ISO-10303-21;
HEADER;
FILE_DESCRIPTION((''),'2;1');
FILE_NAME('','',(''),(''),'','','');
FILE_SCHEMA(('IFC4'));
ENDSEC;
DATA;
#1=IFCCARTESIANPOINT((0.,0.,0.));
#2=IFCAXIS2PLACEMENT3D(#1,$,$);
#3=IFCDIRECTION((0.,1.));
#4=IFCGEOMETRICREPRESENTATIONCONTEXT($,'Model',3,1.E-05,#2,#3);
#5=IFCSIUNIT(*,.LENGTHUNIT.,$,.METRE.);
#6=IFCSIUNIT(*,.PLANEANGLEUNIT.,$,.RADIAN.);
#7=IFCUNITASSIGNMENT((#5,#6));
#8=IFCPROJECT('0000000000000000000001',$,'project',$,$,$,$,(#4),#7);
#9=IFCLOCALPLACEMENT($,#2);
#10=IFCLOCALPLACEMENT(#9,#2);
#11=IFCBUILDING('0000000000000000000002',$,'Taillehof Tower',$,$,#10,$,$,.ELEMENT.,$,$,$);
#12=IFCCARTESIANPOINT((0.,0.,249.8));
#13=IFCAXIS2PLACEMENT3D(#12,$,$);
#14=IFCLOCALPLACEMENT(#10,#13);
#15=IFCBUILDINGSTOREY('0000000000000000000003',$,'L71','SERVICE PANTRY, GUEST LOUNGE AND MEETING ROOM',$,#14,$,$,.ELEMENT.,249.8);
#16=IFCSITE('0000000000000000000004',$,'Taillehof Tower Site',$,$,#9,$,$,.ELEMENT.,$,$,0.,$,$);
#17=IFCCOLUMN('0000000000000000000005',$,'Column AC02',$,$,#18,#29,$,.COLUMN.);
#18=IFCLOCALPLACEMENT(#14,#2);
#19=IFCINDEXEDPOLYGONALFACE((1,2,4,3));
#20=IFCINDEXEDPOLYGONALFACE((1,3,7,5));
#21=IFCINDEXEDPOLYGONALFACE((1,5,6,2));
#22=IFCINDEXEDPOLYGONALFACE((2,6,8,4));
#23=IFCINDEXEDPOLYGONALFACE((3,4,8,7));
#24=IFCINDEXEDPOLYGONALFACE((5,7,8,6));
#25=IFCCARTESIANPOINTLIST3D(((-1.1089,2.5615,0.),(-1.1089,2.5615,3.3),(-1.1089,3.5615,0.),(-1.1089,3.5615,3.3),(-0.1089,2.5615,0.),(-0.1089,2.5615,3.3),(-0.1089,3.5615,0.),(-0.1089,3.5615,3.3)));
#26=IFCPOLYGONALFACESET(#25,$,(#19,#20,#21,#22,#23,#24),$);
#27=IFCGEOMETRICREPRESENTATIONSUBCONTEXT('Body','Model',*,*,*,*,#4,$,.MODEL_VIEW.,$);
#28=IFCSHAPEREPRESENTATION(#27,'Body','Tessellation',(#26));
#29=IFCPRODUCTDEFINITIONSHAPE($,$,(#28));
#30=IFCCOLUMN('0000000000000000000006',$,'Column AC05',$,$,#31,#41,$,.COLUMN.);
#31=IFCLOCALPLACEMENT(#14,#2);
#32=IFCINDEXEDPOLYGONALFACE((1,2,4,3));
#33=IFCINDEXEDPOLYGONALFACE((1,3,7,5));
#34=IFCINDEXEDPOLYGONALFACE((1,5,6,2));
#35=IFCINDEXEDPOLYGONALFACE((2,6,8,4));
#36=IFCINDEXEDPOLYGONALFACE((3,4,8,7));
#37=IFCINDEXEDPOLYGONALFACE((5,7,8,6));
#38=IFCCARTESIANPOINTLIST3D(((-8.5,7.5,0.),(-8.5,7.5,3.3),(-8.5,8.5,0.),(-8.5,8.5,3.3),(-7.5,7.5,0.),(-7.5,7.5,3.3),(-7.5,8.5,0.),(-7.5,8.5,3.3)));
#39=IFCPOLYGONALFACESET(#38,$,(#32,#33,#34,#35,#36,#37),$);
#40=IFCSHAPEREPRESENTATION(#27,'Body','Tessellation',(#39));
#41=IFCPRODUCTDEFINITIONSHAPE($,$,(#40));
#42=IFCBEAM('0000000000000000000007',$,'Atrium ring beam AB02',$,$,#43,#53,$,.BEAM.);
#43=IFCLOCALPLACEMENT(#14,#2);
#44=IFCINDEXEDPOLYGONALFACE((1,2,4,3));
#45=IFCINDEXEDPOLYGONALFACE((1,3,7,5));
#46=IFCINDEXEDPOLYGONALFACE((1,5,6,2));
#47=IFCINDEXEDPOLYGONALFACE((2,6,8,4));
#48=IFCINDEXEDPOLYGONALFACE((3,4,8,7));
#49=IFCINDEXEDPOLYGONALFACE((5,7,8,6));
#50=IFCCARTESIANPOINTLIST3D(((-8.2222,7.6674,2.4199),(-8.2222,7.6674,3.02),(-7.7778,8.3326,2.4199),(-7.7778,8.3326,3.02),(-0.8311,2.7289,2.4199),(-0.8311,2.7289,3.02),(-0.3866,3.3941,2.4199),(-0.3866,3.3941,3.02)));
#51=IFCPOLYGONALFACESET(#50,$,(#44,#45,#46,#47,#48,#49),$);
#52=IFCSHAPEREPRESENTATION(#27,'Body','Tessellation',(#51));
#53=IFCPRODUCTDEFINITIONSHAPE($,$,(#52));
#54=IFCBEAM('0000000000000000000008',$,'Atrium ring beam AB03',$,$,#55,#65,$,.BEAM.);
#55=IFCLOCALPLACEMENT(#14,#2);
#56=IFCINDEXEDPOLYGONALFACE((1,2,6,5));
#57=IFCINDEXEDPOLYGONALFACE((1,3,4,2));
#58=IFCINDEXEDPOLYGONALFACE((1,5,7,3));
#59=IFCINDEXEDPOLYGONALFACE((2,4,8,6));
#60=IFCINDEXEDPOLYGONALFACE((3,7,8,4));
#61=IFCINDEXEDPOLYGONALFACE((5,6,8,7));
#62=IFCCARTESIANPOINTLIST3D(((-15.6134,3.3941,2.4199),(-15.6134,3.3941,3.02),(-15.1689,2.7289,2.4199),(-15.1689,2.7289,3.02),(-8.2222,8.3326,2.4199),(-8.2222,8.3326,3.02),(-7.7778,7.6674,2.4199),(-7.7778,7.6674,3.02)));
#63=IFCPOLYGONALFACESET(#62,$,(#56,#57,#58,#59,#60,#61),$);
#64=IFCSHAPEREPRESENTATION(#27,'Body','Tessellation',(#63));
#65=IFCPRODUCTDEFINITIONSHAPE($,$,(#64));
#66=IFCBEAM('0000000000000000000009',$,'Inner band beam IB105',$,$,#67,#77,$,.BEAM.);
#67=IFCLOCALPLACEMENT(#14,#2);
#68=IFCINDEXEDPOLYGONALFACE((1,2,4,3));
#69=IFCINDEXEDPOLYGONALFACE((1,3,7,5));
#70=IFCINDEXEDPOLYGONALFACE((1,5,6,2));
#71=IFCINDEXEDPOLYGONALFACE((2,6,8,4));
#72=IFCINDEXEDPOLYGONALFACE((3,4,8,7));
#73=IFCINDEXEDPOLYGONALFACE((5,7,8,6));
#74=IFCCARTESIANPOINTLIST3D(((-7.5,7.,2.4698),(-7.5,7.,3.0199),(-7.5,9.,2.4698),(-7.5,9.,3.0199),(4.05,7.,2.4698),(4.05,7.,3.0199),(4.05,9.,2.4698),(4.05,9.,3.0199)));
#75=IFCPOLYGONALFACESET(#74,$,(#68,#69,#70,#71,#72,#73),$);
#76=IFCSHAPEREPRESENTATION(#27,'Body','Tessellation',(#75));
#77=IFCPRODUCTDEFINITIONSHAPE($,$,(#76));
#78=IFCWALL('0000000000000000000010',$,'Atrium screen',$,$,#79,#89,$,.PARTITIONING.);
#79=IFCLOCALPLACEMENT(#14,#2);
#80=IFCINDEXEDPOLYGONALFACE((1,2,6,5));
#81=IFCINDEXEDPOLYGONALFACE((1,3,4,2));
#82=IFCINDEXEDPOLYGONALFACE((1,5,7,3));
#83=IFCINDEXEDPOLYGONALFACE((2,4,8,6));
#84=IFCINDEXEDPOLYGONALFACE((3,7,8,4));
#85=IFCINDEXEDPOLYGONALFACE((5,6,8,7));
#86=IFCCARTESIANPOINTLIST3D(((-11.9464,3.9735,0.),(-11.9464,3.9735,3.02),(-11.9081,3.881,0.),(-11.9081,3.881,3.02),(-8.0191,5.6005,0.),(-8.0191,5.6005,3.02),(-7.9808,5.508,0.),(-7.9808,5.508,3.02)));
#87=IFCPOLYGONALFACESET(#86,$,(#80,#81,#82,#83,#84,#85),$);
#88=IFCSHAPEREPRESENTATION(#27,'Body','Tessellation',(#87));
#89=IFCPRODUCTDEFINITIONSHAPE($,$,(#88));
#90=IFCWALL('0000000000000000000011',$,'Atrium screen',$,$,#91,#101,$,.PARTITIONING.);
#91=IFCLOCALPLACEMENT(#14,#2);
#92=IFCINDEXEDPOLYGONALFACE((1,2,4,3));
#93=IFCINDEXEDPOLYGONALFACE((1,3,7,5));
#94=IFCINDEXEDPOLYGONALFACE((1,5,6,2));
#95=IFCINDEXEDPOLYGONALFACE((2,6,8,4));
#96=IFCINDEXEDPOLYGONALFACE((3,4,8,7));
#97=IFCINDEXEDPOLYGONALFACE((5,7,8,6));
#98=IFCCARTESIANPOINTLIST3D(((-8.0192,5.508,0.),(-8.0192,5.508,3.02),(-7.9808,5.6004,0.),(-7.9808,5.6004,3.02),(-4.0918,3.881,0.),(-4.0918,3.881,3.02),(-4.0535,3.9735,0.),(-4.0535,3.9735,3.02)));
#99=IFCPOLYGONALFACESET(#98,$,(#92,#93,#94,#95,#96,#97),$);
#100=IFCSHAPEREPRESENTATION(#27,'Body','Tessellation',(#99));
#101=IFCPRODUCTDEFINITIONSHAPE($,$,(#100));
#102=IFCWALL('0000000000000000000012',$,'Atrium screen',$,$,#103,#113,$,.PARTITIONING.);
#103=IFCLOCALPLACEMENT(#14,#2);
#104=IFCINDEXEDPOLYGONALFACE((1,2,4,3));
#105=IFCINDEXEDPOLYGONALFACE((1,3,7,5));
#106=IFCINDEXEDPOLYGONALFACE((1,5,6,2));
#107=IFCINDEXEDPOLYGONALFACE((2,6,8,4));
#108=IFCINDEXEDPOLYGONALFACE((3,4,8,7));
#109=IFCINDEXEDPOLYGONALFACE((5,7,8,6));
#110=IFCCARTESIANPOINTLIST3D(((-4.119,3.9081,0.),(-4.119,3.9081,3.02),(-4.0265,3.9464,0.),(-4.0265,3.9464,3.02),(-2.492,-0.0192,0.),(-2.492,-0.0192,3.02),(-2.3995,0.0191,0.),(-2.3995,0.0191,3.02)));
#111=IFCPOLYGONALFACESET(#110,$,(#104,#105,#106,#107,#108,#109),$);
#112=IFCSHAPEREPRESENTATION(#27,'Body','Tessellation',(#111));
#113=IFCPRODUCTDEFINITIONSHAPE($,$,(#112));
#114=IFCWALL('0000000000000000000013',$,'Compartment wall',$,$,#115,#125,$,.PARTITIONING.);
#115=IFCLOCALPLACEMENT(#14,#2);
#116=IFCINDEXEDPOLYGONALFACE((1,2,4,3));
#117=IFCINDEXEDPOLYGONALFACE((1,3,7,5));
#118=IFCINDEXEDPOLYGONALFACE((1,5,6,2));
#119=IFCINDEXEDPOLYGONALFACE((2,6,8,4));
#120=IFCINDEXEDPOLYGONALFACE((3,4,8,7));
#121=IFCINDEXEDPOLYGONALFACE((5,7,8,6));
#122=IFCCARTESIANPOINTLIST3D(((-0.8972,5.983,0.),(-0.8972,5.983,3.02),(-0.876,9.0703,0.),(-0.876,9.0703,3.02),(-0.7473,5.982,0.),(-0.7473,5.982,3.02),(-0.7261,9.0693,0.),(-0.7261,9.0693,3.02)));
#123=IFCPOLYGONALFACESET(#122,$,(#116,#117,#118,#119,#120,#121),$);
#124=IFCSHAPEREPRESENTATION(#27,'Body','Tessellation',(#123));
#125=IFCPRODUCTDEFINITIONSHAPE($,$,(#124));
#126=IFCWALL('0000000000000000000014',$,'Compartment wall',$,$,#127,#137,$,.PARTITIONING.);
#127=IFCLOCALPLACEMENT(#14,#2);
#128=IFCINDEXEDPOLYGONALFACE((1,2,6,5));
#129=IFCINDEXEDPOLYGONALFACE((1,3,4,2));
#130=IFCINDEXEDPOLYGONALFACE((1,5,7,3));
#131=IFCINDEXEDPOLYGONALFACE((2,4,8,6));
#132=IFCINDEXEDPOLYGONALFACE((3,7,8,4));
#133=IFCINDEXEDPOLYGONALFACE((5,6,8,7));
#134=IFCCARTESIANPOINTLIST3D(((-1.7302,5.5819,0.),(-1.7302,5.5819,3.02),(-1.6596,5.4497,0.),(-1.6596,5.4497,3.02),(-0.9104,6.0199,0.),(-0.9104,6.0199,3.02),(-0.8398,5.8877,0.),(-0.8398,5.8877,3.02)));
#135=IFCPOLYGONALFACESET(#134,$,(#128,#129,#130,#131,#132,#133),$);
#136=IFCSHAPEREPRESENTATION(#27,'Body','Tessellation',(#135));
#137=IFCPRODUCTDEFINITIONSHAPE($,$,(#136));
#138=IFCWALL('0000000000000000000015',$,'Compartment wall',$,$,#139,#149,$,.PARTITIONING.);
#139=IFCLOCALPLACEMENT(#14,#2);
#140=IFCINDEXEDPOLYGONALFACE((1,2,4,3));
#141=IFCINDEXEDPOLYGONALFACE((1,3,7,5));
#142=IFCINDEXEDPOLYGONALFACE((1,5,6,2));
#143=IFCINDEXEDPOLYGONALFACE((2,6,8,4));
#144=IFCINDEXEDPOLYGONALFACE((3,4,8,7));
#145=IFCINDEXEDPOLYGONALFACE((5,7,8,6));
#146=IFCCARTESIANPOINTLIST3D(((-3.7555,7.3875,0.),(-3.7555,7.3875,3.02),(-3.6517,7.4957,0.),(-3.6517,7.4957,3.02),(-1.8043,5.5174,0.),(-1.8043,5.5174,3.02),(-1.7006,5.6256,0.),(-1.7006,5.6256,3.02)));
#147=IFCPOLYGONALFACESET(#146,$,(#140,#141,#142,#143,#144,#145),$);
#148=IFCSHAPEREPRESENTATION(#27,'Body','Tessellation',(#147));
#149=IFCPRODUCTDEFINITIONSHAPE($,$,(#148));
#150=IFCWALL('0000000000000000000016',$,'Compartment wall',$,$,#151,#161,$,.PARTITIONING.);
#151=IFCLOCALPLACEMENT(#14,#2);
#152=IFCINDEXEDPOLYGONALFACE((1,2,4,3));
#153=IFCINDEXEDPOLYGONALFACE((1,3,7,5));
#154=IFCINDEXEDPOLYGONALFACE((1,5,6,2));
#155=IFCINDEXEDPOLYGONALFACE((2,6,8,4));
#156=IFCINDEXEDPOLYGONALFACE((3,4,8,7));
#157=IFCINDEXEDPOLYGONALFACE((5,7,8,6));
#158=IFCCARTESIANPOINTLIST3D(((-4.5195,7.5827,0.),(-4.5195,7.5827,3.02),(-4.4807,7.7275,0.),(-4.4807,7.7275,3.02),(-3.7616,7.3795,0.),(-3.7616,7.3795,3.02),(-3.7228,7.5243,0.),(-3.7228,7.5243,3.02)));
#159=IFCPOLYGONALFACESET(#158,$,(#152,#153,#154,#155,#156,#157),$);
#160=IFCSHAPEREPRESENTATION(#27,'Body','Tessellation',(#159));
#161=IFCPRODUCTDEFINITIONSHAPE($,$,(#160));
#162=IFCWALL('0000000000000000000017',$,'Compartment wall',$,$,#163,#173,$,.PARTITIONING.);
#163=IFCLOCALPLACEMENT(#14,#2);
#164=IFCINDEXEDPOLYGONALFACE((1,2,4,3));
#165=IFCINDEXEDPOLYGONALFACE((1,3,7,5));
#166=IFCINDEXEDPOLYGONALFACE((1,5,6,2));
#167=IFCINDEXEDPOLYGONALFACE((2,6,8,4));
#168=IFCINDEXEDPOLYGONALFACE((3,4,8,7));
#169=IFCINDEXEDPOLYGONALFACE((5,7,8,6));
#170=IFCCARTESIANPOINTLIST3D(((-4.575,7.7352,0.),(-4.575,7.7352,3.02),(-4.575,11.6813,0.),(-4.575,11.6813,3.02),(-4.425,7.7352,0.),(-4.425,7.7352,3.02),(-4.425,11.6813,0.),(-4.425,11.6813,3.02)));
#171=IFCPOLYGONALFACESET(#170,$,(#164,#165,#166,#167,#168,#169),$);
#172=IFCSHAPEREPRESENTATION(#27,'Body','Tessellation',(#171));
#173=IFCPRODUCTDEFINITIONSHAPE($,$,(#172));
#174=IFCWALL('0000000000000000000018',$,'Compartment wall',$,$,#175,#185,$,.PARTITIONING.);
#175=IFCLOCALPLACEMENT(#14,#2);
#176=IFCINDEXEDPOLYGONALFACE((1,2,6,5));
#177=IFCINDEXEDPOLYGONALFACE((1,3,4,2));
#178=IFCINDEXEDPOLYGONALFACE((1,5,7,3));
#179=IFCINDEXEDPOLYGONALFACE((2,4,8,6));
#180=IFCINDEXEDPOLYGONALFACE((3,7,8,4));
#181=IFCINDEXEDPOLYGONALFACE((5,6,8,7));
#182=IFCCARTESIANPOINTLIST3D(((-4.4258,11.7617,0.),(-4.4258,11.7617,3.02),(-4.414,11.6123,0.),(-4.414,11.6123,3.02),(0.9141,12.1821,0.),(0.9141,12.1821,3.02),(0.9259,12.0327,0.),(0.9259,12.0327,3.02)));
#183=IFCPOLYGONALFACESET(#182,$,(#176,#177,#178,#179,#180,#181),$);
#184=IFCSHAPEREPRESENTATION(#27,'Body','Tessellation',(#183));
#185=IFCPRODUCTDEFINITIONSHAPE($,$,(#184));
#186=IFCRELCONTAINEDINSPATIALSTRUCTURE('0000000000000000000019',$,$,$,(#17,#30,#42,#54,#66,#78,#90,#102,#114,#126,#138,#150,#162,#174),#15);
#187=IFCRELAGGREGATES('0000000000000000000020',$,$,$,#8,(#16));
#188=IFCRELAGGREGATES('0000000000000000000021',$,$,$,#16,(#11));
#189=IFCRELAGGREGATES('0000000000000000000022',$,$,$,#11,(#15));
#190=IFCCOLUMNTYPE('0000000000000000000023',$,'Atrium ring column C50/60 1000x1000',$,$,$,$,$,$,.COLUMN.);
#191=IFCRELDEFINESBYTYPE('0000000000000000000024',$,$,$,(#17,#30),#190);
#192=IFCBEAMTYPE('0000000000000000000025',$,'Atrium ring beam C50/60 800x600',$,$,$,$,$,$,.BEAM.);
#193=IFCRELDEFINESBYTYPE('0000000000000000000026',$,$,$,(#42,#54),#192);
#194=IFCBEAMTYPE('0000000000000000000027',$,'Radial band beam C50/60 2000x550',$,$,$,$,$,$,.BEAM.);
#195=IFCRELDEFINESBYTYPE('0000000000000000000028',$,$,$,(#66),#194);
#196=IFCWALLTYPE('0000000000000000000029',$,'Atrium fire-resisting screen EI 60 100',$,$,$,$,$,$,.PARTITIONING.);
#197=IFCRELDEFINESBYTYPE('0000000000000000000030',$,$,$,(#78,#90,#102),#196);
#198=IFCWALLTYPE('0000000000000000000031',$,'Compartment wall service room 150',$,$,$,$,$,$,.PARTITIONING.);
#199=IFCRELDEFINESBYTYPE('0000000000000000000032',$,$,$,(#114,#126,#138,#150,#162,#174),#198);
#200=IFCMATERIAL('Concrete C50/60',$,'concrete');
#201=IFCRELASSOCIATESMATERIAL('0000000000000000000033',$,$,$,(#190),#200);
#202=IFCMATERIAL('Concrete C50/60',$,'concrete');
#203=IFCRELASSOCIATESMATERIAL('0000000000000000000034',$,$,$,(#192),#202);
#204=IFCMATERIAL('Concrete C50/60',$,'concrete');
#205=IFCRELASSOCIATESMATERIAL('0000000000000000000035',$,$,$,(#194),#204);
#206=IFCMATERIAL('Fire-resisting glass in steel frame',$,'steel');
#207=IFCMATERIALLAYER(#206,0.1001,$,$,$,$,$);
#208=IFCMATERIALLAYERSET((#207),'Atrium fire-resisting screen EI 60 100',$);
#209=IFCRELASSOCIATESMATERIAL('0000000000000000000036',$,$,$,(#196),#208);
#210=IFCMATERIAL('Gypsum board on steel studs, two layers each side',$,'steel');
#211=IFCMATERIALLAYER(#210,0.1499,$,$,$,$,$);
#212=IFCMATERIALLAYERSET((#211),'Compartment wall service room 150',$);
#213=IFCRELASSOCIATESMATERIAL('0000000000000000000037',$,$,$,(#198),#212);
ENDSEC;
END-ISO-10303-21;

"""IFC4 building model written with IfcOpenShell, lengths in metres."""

from ifc_helpers import new_model, si_unit, direction, frame, frame_2d, origin, origin_2d, place, context, subcontext, project, spatial, rectangle, extrude, material, layer, layer_set, material_profile, profile_set, type_object, element, save


model = new_model("IFC4")

# Units and contexts
model_context = context("Model", 3, precision=1e-05, world=origin(), true_north=direction((0.0, 1.0)))
body_context = subcontext(model_context, "Body", "Model", "MODEL_VIEW")
ifc_project = project(units=[si_unit("LENGTHUNIT", "METRE"), si_unit("PLANEANGLEUNIT", "RADIAN")], contexts=[model_context])

# Site, building, storey
site_placement = place(None, origin())
site = spatial("IfcSite", under=ifc_project, at=site_placement, Name="Taillehof Tower Site", CompositionType="ELEMENT", RefElevation=0.0)
building_placement = place(site_placement, origin())
building = spatial("IfcBuilding", under=site, at=building_placement, Name="Taillehof Tower", CompositionType="ELEMENT")
storey_placement = place(building_placement, frame((0.0, 0.0, 249.8)))
storey = spatial("IfcBuildingStorey", under=building, at=storey_placement, Name="L71", Description="SERVICE PANTRY, GUEST LOUNGE AND MEETING ROOM", CompositionType="ELEMENT", Elevation=249.8)

# Columns
ifc_material_1 = material(Name="Concrete C50/60", Category="concrete")
ifc_material_profile_1 = material_profile(ifc_material_1, rectangle(XDim=1.0, YDim=1.0, at=origin_2d()), Name="RC 1000x1000")
ifc_profile_set_1 = profile_set([ifc_material_profile_1], Name="Concrete C50/60")
column_type = type_object("IfcColumnType", Name="Atrium ring column C50/60 1000x1000", PredefinedType="COLUMN", material=ifc_profile_set_1)
for number, where, z_axis, x_axis, name in (
    (1, (-0.6089, 3.0615, 0.0), (0.0, 0.0, 1.0), (1.0, 0.0, 0.0), "Column AC02"),
    (2, (-8.0, 8.0, 0.0), (0.0, 0.0, 1.0), (1.0, 0.0, 0.0), "Column AC05"),
):
    element("IfcColumn", number, at=place(storey_placement, frame(where, z_axis=z_axis, x_axis=x_axis)), inside=storey, type_object=column_type, Name=name, PredefinedType="COLUMN", context=body_context, shape_type="SweptSolid", body=[
        extrude(rectangle(XDim=1.0, YDim=1.0, at=origin_2d()), origin(), (0.0, 0.0, 1.0), 3.3),
    ])

# Beams
ifc_material_2 = material(Name="Concrete C50/60", Category="concrete")
ifc_material_profile_2 = material_profile(ifc_material_2, rectangle(XDim=0.8, YDim=0.6001, at=origin_2d()), Name="RC 800x600")
ifc_profile_set_2 = profile_set([ifc_material_profile_2], Name="Concrete C50/60")
beam_type_1 = type_object("IfcBeamType", Name="Atrium ring beam C50/60 800x600", PredefinedType="BEAM", material=ifc_profile_set_2)
for number, where, z_axis, x_axis, name in (
    (3, (-0.6089, 3.0615, 2.72), (-0.831475, 0.555562, 0.0), (-0.555562, -0.831475, 0.0), "Atrium ring beam AB02"),
    (4, (-8.0, 8.0, 2.72), (-0.831475, -0.555562, 0.0), (0.555562, -0.831475, 0.0), "Atrium ring beam AB03"),
):
    element("IfcBeam", number, at=place(storey_placement, frame(where, z_axis=z_axis, x_axis=x_axis)), inside=storey, type_object=beam_type_1, Name=name, PredefinedType="BEAM", context=body_context, shape_type="SweptSolid", body=[
        extrude(rectangle(XDim=0.8, YDim=0.6001, at=origin_2d()), origin(), (0.0, 0.0, 1.0), 8.8892),
    ])
ifc_material_3 = material(Name="Concrete C50/60", Category="concrete")
ifc_material_profile_3 = material_profile(ifc_material_3, rectangle(XDim=2.0, YDim=0.55, at=origin_2d()), Name="RC 2000x550")
ifc_profile_set_3 = profile_set([ifc_material_profile_3], Name="Concrete C50/60")
beam_type_2 = type_object("IfcBeamType", Name="Radial band beam C50/60 2000x550", PredefinedType="BEAM", material=ifc_profile_set_3)
beam_placement = place(storey_placement, frame((-7.5, 8.0, 2.7449), z_axis=(1.0, 0.0, 0.0), x_axis=(0.0, 1.0, 0.0)))
element("IfcBeam", 5, at=beam_placement, inside=storey, type_object=beam_type_2, Name="Inner band beam IB105", PredefinedType="BEAM", context=body_context, shape_type="SweptSolid", body=[
    extrude(rectangle(XDim=2.0, YDim=0.55, at=origin_2d()), origin(), (0.0, 0.0, 1.0), 11.55),
])

# Walls
ifc_material_4 = material(Name="Fire-resisting glass in steel frame", Category="steel")
ifc_layer_1 = layer(ifc_material_4, 0.1001)
ifc_layer_set_1 = layer_set([ifc_layer_1], Name="Atrium fire-resisting screen EI 60 100")
wall_type_1 = type_object("IfcWallType", Name="Atrium fire-resisting screen EI 60 100", PredefinedType="PARTITIONING", material=ifc_layer_set_1)
for number, where, z_axis, x_axis, name in (
    (6, (-11.9272, 3.9272, 0.0), (0.0, 0.0, 1.0), (0.92386, 0.382731, 0.0), "Atrium screen"),
    (7, (-8.0, 5.5542, 0.0), (0.0, 0.0, 1.0), (0.92386, -0.382731, 0.0), "Atrium screen"),
    (8, (-4.0728, 3.9272, 0.0), (0.0, 0.0, 1.0), (0.382731, -0.92386, 0.0), "Atrium screen"),
):
    element("IfcWall", number, at=place(storey_placement, frame(where, z_axis=z_axis, x_axis=x_axis)), inside=storey, type_object=wall_type_1, Name=name, PredefinedType="PARTITIONING", context=body_context, shape_type="SweptSolid", body=[
        extrude(rectangle(XDim=4.251, YDim=0.1001, at=frame_2d((2.1255, 0.0))), origin(), (0.0, 0.0, 1.0), 3.02),
    ])
ifc_material_5 = material(Name="Gypsum board on steel studs, two layers each side", Category="steel")
ifc_layer_2 = layer(ifc_material_5, 0.1499)
ifc_layer_set_2 = layer_set([ifc_layer_2], Name="Compartment wall service room 150")
wall_type_2 = type_object("IfcWallType", Name="Compartment wall service room 150", PredefinedType="PARTITIONING", material=ifc_layer_set_2)
wall_1_placement = place(storey_placement, frame((-0.801, 9.0698, 0.0), z_axis=(0.0, 0.0, 1.0), x_axis=(-0.006879, -0.999976, 0.0)))
element("IfcWall", 9, at=wall_1_placement, inside=storey, type_object=wall_type_2, Name="Compartment wall", PredefinedType="PARTITIONING", context=body_context, shape_type="SweptSolid", body=[
    extrude(rectangle(XDim=3.0874, YDim=0.1499, at=frame_2d((1.5437, 0.0))), origin(), (0.0, 0.0, 1.0), 3.02),
])
wall_2_placement = place(storey_placement, frame((-0.875, 5.9539, 0.0), z_axis=(0.0, 0.0, 1.0), x_axis=(-0.882018, -0.471215, 0.0)))
element("IfcWall", 10, at=wall_2_placement, inside=storey, type_object=wall_type_2, Name="Compartment wall", PredefinedType="PARTITIONING", context=body_context, shape_type="SweptSolid", body=[
    extrude(rectangle(XDim=0.9294, YDim=0.1499, at=frame_2d((0.4648, 0.0))), origin(), (0.0, 0.0, 1.0), 3.02),
])
wall_3_placement = place(storey_placement, frame((-1.7524, 5.5715, 0.0), z_axis=(0.0, 0.0, 1.0), x_axis=(-0.721943, 0.691952, 0.0)))
element("IfcWall", 11, at=wall_3_placement, inside=storey, type_object=wall_type_2, Name="Compartment wall", PredefinedType="PARTITIONING", context=body_context, shape_type="SweptSolid", body=[
    extrude(rectangle(XDim=2.7026, YDim=0.1499, at=frame_2d((1.3513, 0.0))), origin(), (0.0, 0.0, 1.0), 3.02),
])
wall_4_placement = place(storey_placement, frame((-3.7422, 7.4519, 0.0), z_axis=(0.0, 0.0, 1.0), x_axis=(-0.965904, 0.258902, 0.0)))
element("IfcWall", 12, at=wall_4_placement, inside=storey, type_object=wall_type_2, Name="Compartment wall", PredefinedType="PARTITIONING", context=body_context, shape_type="SweptSolid", body=[
    extrude(rectangle(XDim=0.7847, YDim=0.1499, at=frame_2d((0.3923, 0.0))), origin(), (0.0, 0.0, 1.0), 3.02),
])
wall_5_placement = place(storey_placement, frame((-4.5, 7.7351, 0.0), z_axis=(0.0, 0.0, 1.0), x_axis=(0.0, 1.0, 0.0)))
element("IfcWall", 13, at=wall_5_placement, inside=storey, type_object=wall_type_2, Name="Compartment wall", PredefinedType="PARTITIONING", context=body_context, shape_type="SweptSolid", body=[
    extrude(rectangle(XDim=3.946, YDim=0.1499, at=frame_2d((1.9731, 0.0))), origin(), (0.0, 0.0, 1.0), 3.02),
])
wall_6_placement = place(storey_placement, frame((-4.4199, 11.687, 0.0), z_axis=(0.0, 0.0, 1.0), x_axis=(0.996915, 0.078488, 0.0)))
element("IfcWall", 14, at=wall_6_placement, inside=storey, type_object=wall_type_2, Name="Compartment wall", PredefinedType="PARTITIONING", context=body_context, shape_type="SweptSolid", body=[
    extrude(rectangle(XDim=5.3564, YDim=0.1499, at=frame_2d((2.6782, 0.0))), origin(), (0.0, 0.0, 1.0), 3.02),
])

save(model, "model.ifc")
